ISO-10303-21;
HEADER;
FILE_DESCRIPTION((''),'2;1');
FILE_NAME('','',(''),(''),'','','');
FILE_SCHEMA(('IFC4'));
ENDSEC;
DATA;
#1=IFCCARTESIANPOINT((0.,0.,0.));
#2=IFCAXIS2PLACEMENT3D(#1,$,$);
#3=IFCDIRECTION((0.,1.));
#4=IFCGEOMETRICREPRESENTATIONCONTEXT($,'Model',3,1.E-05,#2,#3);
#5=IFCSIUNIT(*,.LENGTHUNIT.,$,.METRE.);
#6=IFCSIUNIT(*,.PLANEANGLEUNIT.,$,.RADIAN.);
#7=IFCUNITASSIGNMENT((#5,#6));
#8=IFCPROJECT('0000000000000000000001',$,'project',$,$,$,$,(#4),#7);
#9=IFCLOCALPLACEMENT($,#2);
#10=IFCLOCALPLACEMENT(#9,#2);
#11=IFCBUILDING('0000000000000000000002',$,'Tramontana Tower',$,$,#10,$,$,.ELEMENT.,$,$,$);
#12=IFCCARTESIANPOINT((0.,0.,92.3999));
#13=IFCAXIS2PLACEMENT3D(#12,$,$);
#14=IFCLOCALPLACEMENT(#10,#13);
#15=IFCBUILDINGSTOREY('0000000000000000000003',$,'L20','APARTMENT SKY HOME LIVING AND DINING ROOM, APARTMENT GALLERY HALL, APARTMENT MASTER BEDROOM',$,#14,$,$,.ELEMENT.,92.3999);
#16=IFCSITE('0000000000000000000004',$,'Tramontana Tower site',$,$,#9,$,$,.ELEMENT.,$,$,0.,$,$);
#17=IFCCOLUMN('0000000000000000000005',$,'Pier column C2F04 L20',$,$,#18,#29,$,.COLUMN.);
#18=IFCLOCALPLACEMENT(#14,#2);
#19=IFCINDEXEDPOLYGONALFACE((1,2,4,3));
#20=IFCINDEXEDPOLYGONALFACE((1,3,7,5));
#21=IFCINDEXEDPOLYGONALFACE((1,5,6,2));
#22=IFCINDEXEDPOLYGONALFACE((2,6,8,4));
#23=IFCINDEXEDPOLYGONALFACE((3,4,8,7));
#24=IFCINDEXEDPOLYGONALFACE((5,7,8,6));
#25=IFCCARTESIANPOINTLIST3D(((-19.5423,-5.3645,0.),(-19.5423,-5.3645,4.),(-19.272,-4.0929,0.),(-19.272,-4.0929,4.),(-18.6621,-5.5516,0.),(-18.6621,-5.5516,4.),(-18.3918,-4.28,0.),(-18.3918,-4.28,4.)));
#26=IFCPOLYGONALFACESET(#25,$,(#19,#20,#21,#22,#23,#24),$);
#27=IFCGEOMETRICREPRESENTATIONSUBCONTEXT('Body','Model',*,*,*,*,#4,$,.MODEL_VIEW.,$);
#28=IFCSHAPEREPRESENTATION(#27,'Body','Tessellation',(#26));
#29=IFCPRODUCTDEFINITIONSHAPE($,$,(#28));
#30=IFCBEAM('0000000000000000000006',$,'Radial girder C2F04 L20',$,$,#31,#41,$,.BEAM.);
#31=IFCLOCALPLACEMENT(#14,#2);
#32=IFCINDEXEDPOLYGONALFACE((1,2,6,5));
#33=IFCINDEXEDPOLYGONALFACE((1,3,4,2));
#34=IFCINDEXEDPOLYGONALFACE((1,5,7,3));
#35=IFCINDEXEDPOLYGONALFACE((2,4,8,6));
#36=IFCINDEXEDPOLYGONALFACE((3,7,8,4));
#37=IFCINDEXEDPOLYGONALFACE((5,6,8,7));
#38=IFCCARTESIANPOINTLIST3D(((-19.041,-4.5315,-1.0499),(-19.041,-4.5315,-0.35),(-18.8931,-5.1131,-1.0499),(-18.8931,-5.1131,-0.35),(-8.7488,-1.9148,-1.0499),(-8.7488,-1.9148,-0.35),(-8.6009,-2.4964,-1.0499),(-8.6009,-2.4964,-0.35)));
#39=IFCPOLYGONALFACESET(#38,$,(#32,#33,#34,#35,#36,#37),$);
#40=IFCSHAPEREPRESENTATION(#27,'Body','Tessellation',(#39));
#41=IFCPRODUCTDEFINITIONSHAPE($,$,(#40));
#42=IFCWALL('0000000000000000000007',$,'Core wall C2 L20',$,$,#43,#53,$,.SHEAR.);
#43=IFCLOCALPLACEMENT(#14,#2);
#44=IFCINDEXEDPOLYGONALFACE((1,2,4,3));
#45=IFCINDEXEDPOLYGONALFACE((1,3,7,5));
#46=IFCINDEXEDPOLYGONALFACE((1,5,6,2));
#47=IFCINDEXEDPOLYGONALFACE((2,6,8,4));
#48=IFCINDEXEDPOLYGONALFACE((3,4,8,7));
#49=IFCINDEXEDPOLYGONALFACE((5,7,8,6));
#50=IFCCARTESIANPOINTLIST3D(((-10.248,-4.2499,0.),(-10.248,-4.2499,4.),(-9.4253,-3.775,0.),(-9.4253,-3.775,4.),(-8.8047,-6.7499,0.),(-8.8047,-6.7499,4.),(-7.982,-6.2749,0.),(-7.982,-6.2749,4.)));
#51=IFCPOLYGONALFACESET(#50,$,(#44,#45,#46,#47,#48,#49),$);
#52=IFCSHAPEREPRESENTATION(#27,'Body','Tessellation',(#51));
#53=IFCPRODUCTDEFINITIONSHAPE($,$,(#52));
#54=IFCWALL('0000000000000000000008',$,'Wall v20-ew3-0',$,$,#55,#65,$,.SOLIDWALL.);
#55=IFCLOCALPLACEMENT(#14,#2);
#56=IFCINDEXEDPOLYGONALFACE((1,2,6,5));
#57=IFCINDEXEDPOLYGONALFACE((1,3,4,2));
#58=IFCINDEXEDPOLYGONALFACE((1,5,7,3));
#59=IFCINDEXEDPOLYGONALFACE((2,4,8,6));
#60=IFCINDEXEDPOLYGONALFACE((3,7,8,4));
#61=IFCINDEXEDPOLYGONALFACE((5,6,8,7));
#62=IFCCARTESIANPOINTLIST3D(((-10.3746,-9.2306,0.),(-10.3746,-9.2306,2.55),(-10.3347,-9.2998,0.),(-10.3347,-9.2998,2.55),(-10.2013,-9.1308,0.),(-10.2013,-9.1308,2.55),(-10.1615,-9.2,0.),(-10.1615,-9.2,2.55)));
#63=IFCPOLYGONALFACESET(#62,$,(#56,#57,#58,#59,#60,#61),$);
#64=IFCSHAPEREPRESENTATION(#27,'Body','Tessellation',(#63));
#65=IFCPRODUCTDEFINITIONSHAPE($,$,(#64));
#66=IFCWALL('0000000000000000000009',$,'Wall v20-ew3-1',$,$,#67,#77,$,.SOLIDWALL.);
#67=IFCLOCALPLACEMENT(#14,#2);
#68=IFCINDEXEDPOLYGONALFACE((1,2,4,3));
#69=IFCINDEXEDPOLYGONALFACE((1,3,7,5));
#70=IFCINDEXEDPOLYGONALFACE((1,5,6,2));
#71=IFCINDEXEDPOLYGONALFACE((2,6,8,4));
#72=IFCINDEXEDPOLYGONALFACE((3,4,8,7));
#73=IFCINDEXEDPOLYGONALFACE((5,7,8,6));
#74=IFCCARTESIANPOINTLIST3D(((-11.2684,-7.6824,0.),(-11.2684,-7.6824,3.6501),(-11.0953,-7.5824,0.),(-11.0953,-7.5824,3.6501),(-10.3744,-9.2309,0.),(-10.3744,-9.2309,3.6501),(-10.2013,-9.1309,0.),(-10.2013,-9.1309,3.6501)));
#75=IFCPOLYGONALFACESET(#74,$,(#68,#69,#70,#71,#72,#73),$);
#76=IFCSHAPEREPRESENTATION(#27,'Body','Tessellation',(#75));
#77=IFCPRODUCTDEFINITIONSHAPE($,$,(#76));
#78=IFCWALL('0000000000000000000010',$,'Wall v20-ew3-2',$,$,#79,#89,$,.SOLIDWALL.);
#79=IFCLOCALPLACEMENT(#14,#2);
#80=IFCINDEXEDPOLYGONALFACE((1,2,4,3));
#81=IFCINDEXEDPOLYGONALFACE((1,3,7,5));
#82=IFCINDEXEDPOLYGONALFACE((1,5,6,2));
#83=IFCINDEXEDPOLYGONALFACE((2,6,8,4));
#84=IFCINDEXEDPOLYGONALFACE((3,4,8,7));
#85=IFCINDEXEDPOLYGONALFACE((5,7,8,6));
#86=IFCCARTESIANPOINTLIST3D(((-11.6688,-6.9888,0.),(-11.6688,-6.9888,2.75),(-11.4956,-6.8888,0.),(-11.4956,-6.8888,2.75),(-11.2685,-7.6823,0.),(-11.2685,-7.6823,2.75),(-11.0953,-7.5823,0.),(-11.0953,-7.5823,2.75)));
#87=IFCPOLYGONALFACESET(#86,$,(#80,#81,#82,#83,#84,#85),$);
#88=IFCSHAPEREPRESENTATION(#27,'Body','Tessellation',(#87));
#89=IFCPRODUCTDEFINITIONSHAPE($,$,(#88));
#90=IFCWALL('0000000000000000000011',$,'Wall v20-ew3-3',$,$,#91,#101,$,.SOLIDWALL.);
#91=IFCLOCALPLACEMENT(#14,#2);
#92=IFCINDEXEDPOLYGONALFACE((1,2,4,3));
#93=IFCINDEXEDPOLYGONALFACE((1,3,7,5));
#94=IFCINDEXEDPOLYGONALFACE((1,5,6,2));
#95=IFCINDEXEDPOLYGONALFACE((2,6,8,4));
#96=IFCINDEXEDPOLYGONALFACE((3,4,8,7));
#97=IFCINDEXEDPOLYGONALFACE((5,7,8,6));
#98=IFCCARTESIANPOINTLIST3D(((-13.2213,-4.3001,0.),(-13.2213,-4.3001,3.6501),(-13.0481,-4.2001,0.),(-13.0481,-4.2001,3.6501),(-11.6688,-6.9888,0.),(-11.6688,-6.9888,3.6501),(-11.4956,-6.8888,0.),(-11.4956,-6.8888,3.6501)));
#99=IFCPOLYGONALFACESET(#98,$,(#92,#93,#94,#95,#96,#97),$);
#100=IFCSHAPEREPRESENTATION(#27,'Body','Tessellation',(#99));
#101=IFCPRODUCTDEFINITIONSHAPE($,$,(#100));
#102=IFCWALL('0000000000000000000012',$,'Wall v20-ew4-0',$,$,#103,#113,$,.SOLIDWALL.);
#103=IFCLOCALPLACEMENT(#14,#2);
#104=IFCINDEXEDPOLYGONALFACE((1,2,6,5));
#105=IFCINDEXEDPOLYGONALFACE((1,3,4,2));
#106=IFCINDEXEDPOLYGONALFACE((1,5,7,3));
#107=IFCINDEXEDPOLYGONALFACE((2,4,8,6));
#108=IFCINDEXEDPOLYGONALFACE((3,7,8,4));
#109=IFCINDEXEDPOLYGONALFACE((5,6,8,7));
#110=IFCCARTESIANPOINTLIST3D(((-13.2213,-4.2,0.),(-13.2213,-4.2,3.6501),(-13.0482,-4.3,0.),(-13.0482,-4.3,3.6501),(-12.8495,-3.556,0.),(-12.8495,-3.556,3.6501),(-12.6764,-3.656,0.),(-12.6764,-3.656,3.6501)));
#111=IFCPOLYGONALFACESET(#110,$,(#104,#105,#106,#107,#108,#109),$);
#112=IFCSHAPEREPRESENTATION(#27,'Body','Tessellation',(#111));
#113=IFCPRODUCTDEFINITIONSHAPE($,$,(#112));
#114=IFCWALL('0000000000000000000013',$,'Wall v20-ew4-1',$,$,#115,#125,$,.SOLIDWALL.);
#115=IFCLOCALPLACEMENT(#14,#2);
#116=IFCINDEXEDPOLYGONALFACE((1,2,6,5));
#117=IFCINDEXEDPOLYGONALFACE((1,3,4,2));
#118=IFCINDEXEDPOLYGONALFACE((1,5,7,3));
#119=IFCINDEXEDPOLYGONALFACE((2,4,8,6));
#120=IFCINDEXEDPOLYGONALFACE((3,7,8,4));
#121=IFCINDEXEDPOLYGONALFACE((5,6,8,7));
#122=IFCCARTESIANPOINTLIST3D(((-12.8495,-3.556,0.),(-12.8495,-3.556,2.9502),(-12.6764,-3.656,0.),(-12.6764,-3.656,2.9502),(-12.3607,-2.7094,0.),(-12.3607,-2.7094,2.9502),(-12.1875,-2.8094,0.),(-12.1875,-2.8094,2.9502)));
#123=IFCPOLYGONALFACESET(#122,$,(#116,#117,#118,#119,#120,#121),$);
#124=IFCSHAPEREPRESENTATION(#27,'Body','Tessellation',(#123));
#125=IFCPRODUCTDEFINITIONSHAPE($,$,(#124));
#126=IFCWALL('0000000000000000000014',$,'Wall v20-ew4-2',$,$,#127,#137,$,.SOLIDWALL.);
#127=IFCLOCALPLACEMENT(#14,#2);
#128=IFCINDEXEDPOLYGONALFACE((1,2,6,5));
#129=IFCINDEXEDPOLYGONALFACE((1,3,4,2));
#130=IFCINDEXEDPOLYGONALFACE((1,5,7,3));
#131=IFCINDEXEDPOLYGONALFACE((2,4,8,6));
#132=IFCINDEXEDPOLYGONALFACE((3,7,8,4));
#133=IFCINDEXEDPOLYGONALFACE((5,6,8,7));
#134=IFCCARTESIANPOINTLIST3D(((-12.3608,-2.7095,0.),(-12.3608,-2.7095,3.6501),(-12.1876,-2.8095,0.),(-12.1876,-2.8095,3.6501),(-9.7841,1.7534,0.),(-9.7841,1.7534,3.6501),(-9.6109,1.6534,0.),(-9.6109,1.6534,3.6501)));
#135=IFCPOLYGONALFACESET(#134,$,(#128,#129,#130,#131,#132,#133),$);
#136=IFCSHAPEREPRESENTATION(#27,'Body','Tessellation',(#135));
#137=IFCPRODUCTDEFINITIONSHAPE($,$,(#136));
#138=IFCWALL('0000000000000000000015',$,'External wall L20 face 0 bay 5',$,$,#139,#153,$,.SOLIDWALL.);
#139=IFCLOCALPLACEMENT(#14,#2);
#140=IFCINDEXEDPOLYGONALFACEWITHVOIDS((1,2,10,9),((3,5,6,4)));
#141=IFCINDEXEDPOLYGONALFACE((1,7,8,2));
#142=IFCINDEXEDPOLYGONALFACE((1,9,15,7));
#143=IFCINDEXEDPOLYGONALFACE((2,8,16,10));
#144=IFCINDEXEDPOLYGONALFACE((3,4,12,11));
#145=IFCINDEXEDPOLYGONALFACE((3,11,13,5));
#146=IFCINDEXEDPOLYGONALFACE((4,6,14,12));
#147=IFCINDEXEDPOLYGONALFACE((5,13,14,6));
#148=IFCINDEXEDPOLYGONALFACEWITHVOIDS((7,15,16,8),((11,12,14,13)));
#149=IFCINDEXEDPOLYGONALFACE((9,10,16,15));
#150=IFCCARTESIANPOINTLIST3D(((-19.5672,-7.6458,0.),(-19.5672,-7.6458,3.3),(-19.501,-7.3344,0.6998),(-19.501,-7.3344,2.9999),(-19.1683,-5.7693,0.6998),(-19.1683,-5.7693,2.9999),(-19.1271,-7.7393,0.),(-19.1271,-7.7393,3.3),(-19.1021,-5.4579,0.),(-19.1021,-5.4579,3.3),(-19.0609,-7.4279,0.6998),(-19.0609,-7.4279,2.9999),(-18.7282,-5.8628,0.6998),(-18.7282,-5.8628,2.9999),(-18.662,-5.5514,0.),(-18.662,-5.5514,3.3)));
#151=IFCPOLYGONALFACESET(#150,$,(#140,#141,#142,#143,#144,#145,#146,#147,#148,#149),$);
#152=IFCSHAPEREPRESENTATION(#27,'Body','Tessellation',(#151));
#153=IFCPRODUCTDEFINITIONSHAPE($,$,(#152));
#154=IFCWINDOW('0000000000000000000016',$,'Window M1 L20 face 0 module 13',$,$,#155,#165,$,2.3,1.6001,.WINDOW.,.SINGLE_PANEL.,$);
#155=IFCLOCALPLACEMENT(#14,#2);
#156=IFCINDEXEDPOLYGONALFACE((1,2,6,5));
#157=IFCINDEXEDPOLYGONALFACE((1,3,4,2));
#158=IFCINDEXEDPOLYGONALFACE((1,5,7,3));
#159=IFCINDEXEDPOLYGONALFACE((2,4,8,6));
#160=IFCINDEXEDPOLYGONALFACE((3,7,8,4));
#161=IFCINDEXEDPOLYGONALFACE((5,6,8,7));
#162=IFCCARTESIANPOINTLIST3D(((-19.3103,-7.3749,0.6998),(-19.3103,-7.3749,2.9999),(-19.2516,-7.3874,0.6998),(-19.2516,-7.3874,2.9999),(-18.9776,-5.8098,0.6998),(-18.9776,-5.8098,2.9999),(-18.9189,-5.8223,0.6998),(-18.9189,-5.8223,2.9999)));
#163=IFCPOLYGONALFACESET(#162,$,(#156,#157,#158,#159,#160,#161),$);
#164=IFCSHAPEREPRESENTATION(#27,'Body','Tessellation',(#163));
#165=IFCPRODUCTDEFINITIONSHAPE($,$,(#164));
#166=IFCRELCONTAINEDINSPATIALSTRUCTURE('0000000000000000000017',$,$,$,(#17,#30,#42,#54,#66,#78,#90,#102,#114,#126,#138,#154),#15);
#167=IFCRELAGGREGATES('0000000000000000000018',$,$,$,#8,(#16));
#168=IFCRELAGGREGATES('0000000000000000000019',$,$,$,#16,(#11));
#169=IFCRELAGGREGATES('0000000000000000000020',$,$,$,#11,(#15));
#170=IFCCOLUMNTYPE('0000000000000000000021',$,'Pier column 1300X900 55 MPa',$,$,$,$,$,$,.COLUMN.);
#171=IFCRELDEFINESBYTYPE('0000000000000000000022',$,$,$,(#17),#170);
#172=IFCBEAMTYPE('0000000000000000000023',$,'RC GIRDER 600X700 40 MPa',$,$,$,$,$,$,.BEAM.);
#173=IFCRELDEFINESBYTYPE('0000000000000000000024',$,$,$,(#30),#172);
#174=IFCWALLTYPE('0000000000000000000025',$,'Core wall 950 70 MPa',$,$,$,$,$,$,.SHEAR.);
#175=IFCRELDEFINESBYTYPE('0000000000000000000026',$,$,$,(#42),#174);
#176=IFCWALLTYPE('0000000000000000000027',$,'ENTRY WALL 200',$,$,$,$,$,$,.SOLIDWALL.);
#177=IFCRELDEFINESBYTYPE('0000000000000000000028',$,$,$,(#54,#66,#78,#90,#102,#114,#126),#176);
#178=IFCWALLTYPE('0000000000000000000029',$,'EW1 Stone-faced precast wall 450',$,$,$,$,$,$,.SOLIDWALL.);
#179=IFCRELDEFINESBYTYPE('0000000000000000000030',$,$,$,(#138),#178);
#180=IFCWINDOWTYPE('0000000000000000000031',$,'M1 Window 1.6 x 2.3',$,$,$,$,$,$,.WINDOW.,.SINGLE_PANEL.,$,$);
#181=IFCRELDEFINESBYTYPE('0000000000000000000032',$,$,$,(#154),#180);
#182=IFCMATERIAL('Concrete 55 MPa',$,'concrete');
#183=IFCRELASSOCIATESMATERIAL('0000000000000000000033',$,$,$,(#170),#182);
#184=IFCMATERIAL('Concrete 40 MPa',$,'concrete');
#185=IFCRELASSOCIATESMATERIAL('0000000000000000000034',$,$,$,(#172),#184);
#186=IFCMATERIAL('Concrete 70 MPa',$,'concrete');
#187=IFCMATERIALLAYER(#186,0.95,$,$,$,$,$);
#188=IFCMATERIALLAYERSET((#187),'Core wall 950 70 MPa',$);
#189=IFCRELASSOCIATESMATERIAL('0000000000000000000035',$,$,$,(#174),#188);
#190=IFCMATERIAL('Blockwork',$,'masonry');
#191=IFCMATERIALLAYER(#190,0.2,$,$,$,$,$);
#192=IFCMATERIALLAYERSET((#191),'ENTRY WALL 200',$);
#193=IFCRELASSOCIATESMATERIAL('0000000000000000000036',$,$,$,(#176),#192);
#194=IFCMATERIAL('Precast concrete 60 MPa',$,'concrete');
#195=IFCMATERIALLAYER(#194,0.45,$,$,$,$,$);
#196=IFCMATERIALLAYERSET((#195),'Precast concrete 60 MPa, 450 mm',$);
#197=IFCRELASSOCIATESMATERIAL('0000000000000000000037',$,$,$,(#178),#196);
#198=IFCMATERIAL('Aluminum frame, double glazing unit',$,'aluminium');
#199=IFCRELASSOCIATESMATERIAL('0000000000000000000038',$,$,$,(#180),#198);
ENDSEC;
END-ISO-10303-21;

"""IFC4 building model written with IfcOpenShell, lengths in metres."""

from ifc_helpers import new_model, si_unit, direction, frame, frame_2d, origin, origin_2d, place, context, subcontext, project, spatial, rectangle, extrude, material, layer, layer_set, material_profile, profile_set, type_object, element, fill, save


model = new_model("IFC4")

# Units and contexts
model_context = context("Model", 3, precision=1e-05, world=origin(), true_north=direction((0.0, 1.0)))
body_context = subcontext(model_context, "Body", "Model", "MODEL_VIEW")
ifc_project = project(units=[si_unit("LENGTHUNIT", "METRE"), si_unit("PLANEANGLEUNIT", "RADIAN")], contexts=[model_context])

# Site, building, storey
site_placement = place(None, origin())
site = spatial("IfcSite", under=ifc_project, at=site_placement, Name="Tramontana Tower site", CompositionType="ELEMENT", RefElevation=0.0)
building_placement = place(site_placement, origin())
building = spatial("IfcBuilding", under=site, at=building_placement, Name="Tramontana Tower", CompositionType="ELEMENT")
storey_placement = place(building_placement, frame((0.0, 0.0, 92.3999)))
storey = spatial("IfcBuildingStorey", under=building, at=storey_placement, Name="L20", Description="APARTMENT SKY HOME LIVING AND DINING ROOM, APARTMENT GALLERY HALL, APARTMENT MASTER BEDROOM", CompositionType="ELEMENT", Elevation=92.3999)

# Column
ifc_material_1 = material(Name="Concrete 55 MPa", Category="concrete")
ifc_material_profile_1 = material_profile(ifc_material_1, rectangle(XDim=1.3, YDim=0.8999, at=origin_2d()), Name="Pier column 1300X900 55 MPa")
ifc_profile_set_1 = profile_set([ifc_material_profile_1], Name="Concrete 55 MPa")
column_type = type_object("IfcColumnType", Name="Pier column 1300X900 55 MPa", PredefinedType="COLUMN", material=ifc_profile_set_1)
column_placement = place(storey_placement, frame((-18.967, -4.8223, 0.0), z_axis=(0.0, 0.0, 1.0), x_axis=(-0.207912, -0.978148, 0.0)))
element("IfcColumn", 1, at=column_placement, inside=storey, type_object=column_type, Name="Pier column C2F04 L20", PredefinedType="COLUMN", context=body_context, shape_type="SweptSolid", body=[
    extrude(rectangle(XDim=1.3, YDim=0.8999, at=origin_2d()), origin(), (0.0, 0.0, 1.0), 4.0),
])

# Beam
ifc_material_2 = material(Name="Concrete 40 MPa", Category="concrete")
ifc_material_profile_2 = material_profile(ifc_material_2, rectangle(XDim=0.6001, YDim=0.7, at=origin_2d()), Name="RC GIRDER 600X700 40 MPa")
ifc_profile_set_2 = profile_set([ifc_material_profile_2], Name="Concrete 40 MPa")
beam_type = type_object("IfcBeamType", Name="RC GIRDER 600X700 40 MPa", PredefinedType="BEAM", material=ifc_profile_set_2)
beam_placement = place(storey_placement, frame((-18.967, -4.8223, -0.7), z_axis=(0.969168, 0.246401, 0.0), x_axis=(-0.246401, 0.969168, 0.0)))
element("IfcBeam", 2, at=beam_placement, inside=storey, type_object=beam_type, Name="Radial girder C2F04 L20", PredefinedType="BEAM", context=body_context, shape_type="SweptSolid", body=[
    extrude(rectangle(XDim=0.6001, YDim=0.7, at=origin_2d()), origin(), (0.0, 0.0, 1.0), 10.6196),
])

# Walls
ifc_material_3 = material(Name="Concrete 70 MPa", Category="concrete")
ifc_layer_1 = layer(ifc_material_3, 0.95)
ifc_layer_set_1 = layer_set([ifc_layer_1], Name="Core wall 950 70 MPa")
wall_type_1 = type_object("IfcWallType", Name="Core wall 950 70 MPa", PredefinedType="SHEAR", material=ifc_layer_set_1)
wall_1_placement = place(storey_placement, frame((-9.8367, -4.0125, 0.0), z_axis=(0.0, 0.0, 1.0), x_axis=(0.499996, -0.866028, 0.0)))
element("IfcWall", 3, at=wall_1_placement, inside=storey, type_object=wall_type_1, Name="Core wall C2 L20", PredefinedType="SHEAR", context=body_context, shape_type="SweptSolid", body=[
    extrude(rectangle(XDim=2.8867, YDim=0.95, at=frame_2d((1.4434, 0.0))), origin(), (0.0, 0.0, 1.0), 4.0),
])
ifc_material_4 = material(Name="Blockwork", Category="masonry")
ifc_layer_2 = layer(ifc_material_4, 0.2)
ifc_layer_set_2 = layer_set([ifc_layer_2], Name="ENTRY WALL 200")
wall_type_2 = type_object("IfcWallType", Name="ENTRY WALL 200", PredefinedType="SOLIDWALL", material=ifc_layer_set_2)
wall_2_placement = place(storey_placement, frame((-10.248, -9.25, 0.0), z_axis=(0.0, 0.0, 1.0), x_axis=(-0.499104, 0.866542, 0.0)))
element("IfcWall", 4, at=wall_2_placement, inside=storey, type_object=wall_type_2, Name="Wall v20-ew3-0", PredefinedType="SOLIDWALL", context=body_context, shape_type="SweptSolid", body=[
    extrude(rectangle(XDim=0.0798, YDim=0.2, at=frame_2d((0.04, 0.0))), origin(), (0.0, 0.0, 1.0), 2.55),
])
wall_3_placement = place(storey_placement, frame((-10.2878, -9.1809, 0.0), z_axis=(0.0, 0.0, 1.0), x_axis=(-0.499986, 0.866033, 0.0)))
element("IfcWall", 5, at=wall_3_placement, inside=storey, type_object=wall_type_2, Name="Wall v20-ew3-1", PredefinedType="SOLIDWALL", context=body_context, shape_type="SweptSolid", body=[
    extrude(rectangle(XDim=1.7881, YDim=0.2, at=frame_2d((0.894, 0.0))), origin(), (0.0, 0.0, 1.0), 3.6501),
])
wall_4_placement = place(storey_placement, frame((-11.1819, -7.6323, 0.0), z_axis=(0.0, 0.0, 1.0), x_axis=(-0.499942, 0.866059, 0.0)))
element("IfcWall", 6, at=wall_4_placement, inside=storey, type_object=wall_type_2, Name="Wall v20-ew3-2", PredefinedType="SOLIDWALL", context=body_context, shape_type="SweptSolid", body=[
    extrude(rectangle(XDim=0.8008, YDim=0.2, at=frame_2d((0.4004, 0.0))), origin(), (0.0, 0.0, 1.0), 2.75),
])
wall_5_placement = place(storey_placement, frame((-11.5823, -6.9387, 0.0), z_axis=(0.0, 0.0, 1.0), x_axis=(-0.500038, 0.866004, 0.0)))
element("IfcWall", 7, at=wall_5_placement, inside=storey, type_object=wall_type_2, Name="Wall v20-ew3-3", PredefinedType="SOLIDWALL", context=body_context, shape_type="SweptSolid", body=[
    extrude(rectangle(XDim=3.1047, YDim=0.2, at=frame_2d((1.5522, 0.0))), origin(), (0.0, 0.0, 1.0), 3.6501),
])
wall_6_placement = place(storey_placement, frame((-13.1348, -4.25, 0.0), z_axis=(0.0, 0.0, 1.0), x_axis=(0.499988, 0.866033, 0.0)))
element("IfcWall", 8, at=wall_6_placement, inside=storey, type_object=wall_type_2, Name="Wall v20-ew4-0", PredefinedType="SOLIDWALL", context=body_context, shape_type="SweptSolid", body=[
    extrude(rectangle(XDim=0.7437, YDim=0.2, at=frame_2d((0.3718, 0.0))), origin(), (0.0, 0.0, 1.0), 3.6501),
])
wall_7_placement = place(storey_placement, frame((-12.7629, -3.606, 0.0), z_axis=(0.0, 0.0, 1.0), x_axis=(0.500061, 0.86599, 0.0)))
element("IfcWall", 9, at=wall_7_placement, inside=storey, type_object=wall_type_2, Name="Wall v20-ew4-1", PredefinedType="SOLIDWALL", context=body_context, shape_type="SweptSolid", body=[
    extrude(rectangle(XDim=0.9775, YDim=0.2, at=frame_2d((0.4888, 0.0))), origin(), (0.0, 0.0, 1.0), 2.9502),
])
wall_8_placement = place(storey_placement, frame((-12.2742, -2.7595, 0.0), z_axis=(0.0, 0.0, 1.0), x_axis=(0.500001, 0.866025, 0.0)))
element("IfcWall", 10, at=wall_8_placement, inside=storey, type_object=wall_type_2, Name="Wall v20-ew4-2", PredefinedType="SOLIDWALL", context=body_context, shape_type="SweptSolid", body=[
    extrude(rectangle(XDim=5.1533, YDim=0.2, at=frame_2d((2.5767, 0.0))), origin(), (0.0, 0.0, 1.0), 3.6501),
])

# Wall, opening, window
ifc_material_5 = material(Name="Precast concrete 60 MPa", Category="concrete")
ifc_layer_3 = layer(ifc_material_5, 0.45)
ifc_layer_set_3 = layer_set([ifc_layer_3], Name="Precast concrete 60 MPa, 450 mm")
wall_type_3 = type_object("IfcWallType", Name="EW1 Stone-faced precast wall 450", PredefinedType="SOLIDWALL", material=ifc_layer_set_3)
wall_9_placement = place(storey_placement, frame((-18.8821, -5.5046, 0.0), z_axis=(0.0, 0.0, 1.0), x_axis=(-0.207919, -0.978146, 0.0)))
wall_9 = element("IfcWall", 11, at=wall_9_placement, inside=storey, type_object=wall_type_3, Name="External wall L20 face 0 bay 5", PredefinedType="SOLIDWALL", context=body_context, shape_type="SweptSolid", body=[
    extrude(rectangle(XDim=2.2368, YDim=0.45, at=frame_2d((1.1184, 0.0))), origin(), (0.0, 0.0, 1.0), 3.3),
])
opening_1_placement = place(wall_9_placement, frame((0.3184, 0.0, 0.7)))
opening_1 = element("IfcOpeningElement", 12, at=opening_1_placement, cuts=wall_9, PredefinedType="OPENING", context=body_context, shape_type="SweptSolid", body=[
    extrude(rectangle(XDim=1.6001, YDim=2.3, at=frame_2d((0.8, 1.1499))), frame((0.0, 0.2349, 0.0), z_axis=(0.0, -1.0, 0.0), x_axis=(1.0, 0.0, 0.0)), (0.0, 0.0, 1.0), 0.47),
])
ifc_material_6 = material(Name="Aluminum frame, double glazing unit", Category="aluminium")
window_type = type_object("IfcWindowType", Name="M1 Window 1.6 x 2.3", PartitioningType="SINGLE_PANEL", PredefinedType="WINDOW", material=ifc_material_6)
window_1_placement = place(opening_1_placement, origin())
window_1 = element("IfcWindow", 13, at=window_1_placement, inside=storey, type_object=window_type, Name="Window M1 L20 face 0 module 13", OverallHeight=2.3, OverallWidth=1.6001, PartitioningType="SINGLE_PANEL", PredefinedType="WINDOW", context=body_context, shape_type="SweptSolid", body=[
    extrude(rectangle(XDim=1.6001, YDim=2.3, at=frame_2d((0.8, 1.1499))), frame((0.0, 0.03, 0.0), z_axis=(0.0, -1.0, 0.0), x_axis=(1.0, 0.0, 0.0)), (0.0, 0.0, 1.0), 0.0601),
])
fill(opening_1, window_1)

save(model, "model.ifc")
